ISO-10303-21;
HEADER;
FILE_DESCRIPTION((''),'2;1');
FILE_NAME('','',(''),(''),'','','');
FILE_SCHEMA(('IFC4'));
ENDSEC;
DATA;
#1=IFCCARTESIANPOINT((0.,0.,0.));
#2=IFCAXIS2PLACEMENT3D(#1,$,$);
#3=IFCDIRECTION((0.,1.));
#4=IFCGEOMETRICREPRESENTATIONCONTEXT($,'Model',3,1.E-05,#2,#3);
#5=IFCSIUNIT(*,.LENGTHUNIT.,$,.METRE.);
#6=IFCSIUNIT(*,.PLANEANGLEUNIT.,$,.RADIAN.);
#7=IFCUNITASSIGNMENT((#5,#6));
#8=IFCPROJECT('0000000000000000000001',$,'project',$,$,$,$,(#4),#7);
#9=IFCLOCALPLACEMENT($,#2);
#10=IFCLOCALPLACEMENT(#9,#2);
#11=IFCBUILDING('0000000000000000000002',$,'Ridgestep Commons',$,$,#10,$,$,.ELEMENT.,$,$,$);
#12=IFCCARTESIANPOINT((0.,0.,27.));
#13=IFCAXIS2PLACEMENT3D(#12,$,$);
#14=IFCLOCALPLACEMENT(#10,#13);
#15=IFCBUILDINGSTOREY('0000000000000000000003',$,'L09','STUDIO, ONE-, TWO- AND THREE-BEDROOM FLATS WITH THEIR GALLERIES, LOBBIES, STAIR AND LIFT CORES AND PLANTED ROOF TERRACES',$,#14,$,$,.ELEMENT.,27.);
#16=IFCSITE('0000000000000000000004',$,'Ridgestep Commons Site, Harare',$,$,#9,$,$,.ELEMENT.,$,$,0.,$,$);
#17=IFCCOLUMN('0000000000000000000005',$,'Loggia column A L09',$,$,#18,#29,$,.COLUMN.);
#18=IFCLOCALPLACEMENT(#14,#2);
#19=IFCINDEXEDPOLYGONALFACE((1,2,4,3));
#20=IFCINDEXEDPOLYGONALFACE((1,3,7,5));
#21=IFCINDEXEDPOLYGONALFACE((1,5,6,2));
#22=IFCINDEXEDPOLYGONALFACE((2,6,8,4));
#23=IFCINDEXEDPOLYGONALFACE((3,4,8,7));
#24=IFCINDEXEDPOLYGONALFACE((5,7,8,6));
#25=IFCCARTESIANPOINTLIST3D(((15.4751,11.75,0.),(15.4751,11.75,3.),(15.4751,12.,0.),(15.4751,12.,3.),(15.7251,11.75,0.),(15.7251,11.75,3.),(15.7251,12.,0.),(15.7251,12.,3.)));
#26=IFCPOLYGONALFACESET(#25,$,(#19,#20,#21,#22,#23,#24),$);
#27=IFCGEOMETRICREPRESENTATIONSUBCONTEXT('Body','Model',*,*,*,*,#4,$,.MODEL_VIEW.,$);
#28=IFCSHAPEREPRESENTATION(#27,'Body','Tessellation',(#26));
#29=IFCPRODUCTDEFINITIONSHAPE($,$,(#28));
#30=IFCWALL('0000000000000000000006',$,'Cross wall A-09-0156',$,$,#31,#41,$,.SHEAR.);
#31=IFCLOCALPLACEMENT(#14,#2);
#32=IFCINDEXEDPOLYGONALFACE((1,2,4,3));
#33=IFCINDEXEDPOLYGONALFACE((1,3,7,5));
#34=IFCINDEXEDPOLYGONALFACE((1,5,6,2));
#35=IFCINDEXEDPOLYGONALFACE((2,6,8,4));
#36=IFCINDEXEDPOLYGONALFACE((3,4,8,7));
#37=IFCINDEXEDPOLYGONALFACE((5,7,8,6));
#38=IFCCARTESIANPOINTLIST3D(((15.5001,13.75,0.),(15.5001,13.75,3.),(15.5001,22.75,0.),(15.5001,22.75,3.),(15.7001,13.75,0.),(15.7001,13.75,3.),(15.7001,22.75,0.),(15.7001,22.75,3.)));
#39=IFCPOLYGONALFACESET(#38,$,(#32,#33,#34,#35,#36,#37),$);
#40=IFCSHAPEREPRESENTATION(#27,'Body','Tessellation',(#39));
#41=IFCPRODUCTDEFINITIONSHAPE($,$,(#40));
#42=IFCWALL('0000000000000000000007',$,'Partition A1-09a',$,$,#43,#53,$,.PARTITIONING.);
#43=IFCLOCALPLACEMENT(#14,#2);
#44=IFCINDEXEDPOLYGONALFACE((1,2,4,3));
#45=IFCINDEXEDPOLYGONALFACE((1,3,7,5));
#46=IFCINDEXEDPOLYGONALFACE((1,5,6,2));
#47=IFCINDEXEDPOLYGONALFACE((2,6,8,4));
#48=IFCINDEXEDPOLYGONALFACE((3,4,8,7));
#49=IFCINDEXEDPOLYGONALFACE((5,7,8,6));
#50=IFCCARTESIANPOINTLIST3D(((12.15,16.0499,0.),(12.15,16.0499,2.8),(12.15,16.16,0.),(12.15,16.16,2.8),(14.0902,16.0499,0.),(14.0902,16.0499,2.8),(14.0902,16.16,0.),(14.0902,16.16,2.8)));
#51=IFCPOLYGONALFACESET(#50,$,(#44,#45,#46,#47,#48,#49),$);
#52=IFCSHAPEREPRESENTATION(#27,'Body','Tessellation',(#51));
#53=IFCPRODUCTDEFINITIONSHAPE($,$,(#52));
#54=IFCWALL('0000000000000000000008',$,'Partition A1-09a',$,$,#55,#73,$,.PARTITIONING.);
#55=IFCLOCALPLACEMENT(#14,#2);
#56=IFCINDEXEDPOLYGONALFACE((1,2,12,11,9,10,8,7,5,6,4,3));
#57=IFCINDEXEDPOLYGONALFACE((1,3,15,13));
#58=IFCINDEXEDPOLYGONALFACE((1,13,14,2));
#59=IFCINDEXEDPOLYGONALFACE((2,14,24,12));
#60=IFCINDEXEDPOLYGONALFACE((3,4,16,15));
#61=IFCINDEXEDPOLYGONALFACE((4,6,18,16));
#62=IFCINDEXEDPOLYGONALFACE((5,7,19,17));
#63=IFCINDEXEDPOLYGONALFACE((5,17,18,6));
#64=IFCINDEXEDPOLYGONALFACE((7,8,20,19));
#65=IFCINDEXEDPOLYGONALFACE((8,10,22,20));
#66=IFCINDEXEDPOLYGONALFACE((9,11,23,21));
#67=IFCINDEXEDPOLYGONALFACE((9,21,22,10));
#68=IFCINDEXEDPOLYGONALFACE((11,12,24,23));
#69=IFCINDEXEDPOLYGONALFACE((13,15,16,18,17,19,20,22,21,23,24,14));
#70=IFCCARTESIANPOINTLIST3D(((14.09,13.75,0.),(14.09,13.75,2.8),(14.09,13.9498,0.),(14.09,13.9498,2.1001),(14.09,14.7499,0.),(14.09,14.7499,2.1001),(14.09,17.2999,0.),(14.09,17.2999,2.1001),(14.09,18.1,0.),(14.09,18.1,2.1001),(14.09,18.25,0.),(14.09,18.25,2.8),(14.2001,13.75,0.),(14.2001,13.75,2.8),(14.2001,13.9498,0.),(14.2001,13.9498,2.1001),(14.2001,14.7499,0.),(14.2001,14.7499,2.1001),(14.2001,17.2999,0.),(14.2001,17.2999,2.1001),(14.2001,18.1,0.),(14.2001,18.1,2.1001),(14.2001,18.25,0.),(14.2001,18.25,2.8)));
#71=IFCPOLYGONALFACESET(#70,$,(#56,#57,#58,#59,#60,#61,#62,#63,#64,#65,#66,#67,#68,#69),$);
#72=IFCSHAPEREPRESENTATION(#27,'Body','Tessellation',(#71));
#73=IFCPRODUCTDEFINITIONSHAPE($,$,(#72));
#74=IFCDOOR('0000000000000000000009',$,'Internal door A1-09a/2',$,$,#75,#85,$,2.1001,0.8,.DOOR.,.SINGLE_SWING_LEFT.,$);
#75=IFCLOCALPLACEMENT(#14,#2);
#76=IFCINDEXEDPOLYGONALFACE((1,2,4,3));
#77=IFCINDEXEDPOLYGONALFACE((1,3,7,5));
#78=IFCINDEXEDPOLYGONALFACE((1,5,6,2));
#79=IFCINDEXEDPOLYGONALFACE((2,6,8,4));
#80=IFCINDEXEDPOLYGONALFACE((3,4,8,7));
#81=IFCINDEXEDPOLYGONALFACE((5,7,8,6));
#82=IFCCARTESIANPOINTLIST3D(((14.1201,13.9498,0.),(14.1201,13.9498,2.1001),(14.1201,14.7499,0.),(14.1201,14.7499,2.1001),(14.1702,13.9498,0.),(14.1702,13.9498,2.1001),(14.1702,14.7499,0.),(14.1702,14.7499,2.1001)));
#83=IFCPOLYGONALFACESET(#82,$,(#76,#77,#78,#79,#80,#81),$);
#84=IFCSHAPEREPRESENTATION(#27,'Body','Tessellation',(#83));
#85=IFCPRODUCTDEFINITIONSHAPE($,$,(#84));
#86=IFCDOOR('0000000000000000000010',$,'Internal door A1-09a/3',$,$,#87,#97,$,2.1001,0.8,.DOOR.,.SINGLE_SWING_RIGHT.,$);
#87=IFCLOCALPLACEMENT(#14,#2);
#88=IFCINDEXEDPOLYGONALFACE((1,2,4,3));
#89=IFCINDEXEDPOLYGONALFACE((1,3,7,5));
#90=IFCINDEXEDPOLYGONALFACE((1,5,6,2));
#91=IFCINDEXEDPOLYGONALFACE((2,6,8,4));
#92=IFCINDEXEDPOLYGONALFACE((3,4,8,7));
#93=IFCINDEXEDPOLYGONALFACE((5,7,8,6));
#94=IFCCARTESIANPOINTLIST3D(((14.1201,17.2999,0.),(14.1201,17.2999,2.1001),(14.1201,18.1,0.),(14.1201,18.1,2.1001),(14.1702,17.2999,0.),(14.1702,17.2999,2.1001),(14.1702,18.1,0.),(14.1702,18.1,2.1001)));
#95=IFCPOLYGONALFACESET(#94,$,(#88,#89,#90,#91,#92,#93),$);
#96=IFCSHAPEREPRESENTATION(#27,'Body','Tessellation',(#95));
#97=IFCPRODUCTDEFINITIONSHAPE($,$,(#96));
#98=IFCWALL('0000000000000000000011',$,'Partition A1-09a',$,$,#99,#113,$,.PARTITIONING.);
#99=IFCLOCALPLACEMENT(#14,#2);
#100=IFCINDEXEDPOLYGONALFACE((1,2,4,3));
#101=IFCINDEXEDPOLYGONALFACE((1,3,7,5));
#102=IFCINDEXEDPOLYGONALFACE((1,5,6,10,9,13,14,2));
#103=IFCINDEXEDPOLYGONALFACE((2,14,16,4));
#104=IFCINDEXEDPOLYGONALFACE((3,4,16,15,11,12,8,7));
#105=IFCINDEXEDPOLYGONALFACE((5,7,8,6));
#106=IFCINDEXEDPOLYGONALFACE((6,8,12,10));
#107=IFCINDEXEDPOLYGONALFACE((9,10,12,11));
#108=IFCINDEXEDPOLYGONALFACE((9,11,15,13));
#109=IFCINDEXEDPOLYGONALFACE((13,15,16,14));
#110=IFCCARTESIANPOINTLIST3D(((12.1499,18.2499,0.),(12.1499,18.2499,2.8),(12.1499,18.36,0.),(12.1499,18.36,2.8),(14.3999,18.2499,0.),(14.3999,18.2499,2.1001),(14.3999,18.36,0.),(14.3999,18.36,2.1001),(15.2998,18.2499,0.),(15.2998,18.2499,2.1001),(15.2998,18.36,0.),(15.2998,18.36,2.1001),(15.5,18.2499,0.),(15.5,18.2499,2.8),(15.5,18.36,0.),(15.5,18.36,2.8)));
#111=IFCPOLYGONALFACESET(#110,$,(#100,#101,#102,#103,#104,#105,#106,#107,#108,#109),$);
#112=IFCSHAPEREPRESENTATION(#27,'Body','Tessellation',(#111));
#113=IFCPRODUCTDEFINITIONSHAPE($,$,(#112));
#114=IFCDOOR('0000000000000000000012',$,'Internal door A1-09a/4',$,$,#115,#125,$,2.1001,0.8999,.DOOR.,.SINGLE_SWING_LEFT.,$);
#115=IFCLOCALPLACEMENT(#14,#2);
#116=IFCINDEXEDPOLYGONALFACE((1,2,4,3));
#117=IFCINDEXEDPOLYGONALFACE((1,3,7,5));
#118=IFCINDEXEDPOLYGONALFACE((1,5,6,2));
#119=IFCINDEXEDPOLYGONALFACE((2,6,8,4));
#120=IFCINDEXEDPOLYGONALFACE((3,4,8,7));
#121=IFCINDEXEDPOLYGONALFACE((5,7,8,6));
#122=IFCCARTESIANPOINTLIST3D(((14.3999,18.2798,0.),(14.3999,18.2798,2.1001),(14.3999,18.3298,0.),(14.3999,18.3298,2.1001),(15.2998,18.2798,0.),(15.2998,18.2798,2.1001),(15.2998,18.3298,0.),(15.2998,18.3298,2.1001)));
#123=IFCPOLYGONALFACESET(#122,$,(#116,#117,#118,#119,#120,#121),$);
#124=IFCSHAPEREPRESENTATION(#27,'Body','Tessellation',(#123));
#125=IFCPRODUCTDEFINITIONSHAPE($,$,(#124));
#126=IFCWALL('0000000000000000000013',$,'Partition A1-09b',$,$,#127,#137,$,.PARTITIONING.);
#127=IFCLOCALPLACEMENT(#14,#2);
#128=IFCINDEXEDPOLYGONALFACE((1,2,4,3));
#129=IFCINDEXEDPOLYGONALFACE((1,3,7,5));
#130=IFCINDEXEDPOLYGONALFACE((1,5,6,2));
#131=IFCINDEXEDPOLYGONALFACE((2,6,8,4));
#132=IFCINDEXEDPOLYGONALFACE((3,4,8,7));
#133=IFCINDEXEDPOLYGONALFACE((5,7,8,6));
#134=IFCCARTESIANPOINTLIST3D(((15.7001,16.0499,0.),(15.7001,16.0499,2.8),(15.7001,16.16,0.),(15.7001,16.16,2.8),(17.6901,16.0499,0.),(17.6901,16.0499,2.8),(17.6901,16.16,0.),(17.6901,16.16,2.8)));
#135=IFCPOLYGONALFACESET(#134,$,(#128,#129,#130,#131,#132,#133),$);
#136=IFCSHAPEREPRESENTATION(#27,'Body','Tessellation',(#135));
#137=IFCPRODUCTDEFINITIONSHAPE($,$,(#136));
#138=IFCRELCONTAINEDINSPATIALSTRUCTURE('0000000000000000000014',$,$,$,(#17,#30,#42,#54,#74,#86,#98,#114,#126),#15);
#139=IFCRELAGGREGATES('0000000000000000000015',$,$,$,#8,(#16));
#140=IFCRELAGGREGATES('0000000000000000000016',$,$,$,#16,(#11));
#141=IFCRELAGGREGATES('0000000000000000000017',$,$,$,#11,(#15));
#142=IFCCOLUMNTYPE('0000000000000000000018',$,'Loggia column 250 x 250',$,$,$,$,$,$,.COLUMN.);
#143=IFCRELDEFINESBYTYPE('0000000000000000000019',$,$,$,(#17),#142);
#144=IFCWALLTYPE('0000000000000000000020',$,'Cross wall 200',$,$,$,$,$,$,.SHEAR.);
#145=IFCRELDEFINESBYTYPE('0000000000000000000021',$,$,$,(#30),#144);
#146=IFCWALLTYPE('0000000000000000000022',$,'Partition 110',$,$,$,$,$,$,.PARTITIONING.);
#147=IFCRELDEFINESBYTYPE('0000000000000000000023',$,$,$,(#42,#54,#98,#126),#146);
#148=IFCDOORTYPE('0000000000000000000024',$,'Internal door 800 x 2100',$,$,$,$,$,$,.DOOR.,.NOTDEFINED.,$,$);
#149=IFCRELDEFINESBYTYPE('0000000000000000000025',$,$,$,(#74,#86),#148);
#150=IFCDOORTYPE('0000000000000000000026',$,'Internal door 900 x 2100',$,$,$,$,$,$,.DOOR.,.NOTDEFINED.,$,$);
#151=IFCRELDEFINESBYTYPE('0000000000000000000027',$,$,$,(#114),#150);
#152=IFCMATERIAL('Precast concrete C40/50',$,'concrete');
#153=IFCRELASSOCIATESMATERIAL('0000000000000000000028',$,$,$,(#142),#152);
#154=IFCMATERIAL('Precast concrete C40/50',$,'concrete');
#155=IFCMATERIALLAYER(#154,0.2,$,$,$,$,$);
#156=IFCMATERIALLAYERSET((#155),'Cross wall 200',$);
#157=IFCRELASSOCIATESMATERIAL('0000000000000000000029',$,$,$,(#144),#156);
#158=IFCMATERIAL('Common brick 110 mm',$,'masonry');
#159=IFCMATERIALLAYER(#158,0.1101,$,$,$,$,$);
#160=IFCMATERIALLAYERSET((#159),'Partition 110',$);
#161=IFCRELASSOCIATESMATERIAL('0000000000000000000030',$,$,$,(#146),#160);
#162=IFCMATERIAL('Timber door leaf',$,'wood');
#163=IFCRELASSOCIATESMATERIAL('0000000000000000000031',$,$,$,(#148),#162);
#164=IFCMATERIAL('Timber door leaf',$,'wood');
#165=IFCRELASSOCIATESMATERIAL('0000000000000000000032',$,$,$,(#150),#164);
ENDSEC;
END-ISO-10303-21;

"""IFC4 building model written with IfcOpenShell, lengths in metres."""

from ifc_helpers import new_model, si_unit, direction, frame, frame_2d, origin, origin_2d, place, context, subcontext, project, spatial, rectangle, extrude, material, layer, layer_set, material_profile, profile_set, type_object, element, fill, save


model = new_model("IFC4")

# Units and contexts
model_context = context("Model", 3, precision=1e-05, world=origin(), true_north=direction((0.0, 1.0)))
body_context = subcontext(model_context, "Body", "Model", "MODEL_VIEW")
ifc_project = project(units=[si_unit("LENGTHUNIT", "METRE"), si_unit("PLANEANGLEUNIT", "RADIAN")], contexts=[model_context])

# Site, building, storey
site_placement = place(None, origin())
site = spatial("IfcSite", under=ifc_project, at=site_placement, Name="Ridgestep Commons Site, Harare", CompositionType="ELEMENT", RefElevation=0.0)
building_placement = place(site_placement, origin())
building = spatial("IfcBuilding", under=site, at=building_placement, Name="Ridgestep Commons", CompositionType="ELEMENT")
storey_placement = place(building_placement, frame((0.0, 0.0, 27.0)))
storey = spatial("IfcBuildingStorey", under=building, at=storey_placement, Name="L09", Description="STUDIO, ONE-, TWO- AND THREE-BEDROOM FLATS WITH THEIR GALLERIES, LOBBIES, STAIR AND LIFT CORES AND PLANTED ROOF TERRACES", CompositionType="ELEMENT", Elevation=27.0)

# Column
ifc_material_1 = material(Name="Precast concrete C40/50", Category="concrete")
ifc_material_profile = material_profile(ifc_material_1, rectangle(XDim=0.25, YDim=0.25, at=origin_2d()), Name="PC 250x250")
ifc_profile_set = profile_set([ifc_material_profile], Name="Precast concrete C40/50")
column_type = type_object("IfcColumnType", Name="Loggia column 250 x 250", PredefinedType="COLUMN", material=ifc_profile_set)
column_placement = place(storey_placement, frame((15.6001, 11.875, 0.0), z_axis=(0.0, 0.0, 1.0), x_axis=(1.0, 0.0, 0.0)))
element("IfcColumn", 1, at=column_placement, inside=storey, type_object=column_type, Name="Loggia column A L09", PredefinedType="COLUMN", context=body_context, shape_type="SweptSolid", body=[
    extrude(rectangle(XDim=0.25, YDim=0.25, at=origin_2d()), origin(), (0.0, 0.0, 1.0), 3.0),
])

# Walls
ifc_material_2 = material(Name="Precast concrete C40/50", Category="concrete")
ifc_layer_1 = layer(ifc_material_2, 0.2)
ifc_layer_set_1 = layer_set([ifc_layer_1], Name="Cross wall 200")
wall_type_1 = type_object("IfcWallType", Name="Cross wall 200", PredefinedType="SHEAR", material=ifc_layer_set_1)
wall_1_placement = place(storey_placement, frame((15.6001, 13.75, 0.0), z_axis=(0.0, 0.0, 1.0), x_axis=(0.0, 1.0, 0.0)))
element("IfcWall", 2, at=wall_1_placement, inside=storey, type_object=wall_type_1, Name="Cross wall A-09-0156", PredefinedType="SHEAR", context=body_context, shape_type="SweptSolid", body=[
    extrude(rectangle(XDim=9.0, YDim=0.2, at=frame_2d((4.5, 0.0))), origin(), (0.0, 0.0, 1.0), 3.0),
])
ifc_material_3 = material(Name="Common brick 110 mm", Category="masonry")
ifc_layer_2 = layer(ifc_material_3, 0.1101)
ifc_layer_set_2 = layer_set([ifc_layer_2], Name="Partition 110")
wall_type_2 = type_object("IfcWallType", Name="Partition 110", PredefinedType="PARTITIONING", material=ifc_layer_set_2)
wall_2_placement = place(storey_placement, frame((12.1499, 16.105, 0.0), z_axis=(0.0, 0.0, 1.0), x_axis=(1.0, 0.0, 0.0)))
element("IfcWall", 3, at=wall_2_placement, inside=storey, type_object=wall_type_2, Name="Partition A1-09a", PredefinedType="PARTITIONING", context=body_context, shape_type="SweptSolid", body=[
    extrude(rectangle(XDim=1.9402, YDim=0.1101, at=frame_2d((0.9702, 0.0))), origin(), (0.0, 0.0, 1.0), 2.8),
])

# Wall, openings, doors
wall_3_placement = place(storey_placement, frame((14.145, 13.75, 0.0), z_axis=(0.0, 0.0, 1.0), x_axis=(0.0, 1.0, 0.0)))
wall_3 = element("IfcWall", 4, at=wall_3_placement, inside=storey, type_object=wall_type_2, Name="Partition A1-09a", PredefinedType="PARTITIONING", context=body_context, shape_type="SweptSolid", body=[
    extrude(rectangle(XDim=4.5, YDim=0.1101, at=frame_2d((2.25, 0.0))), origin(), (0.0, 0.0, 1.0), 2.8),
])
opening_1_placement = place(wall_3_placement, frame((0.2, 0.0, 0.0)))
opening_1 = element("IfcOpeningElement", 5, at=opening_1_placement, cuts=wall_3, PredefinedType="OPENING", context=body_context, shape_type="SweptSolid", body=[
    extrude(rectangle(XDim=0.8, YDim=2.1001, at=frame_2d((0.3999, 1.05))), frame((0.0, 0.0649, 0.0), z_axis=(0.0, -1.0, 0.0), x_axis=(1.0, 0.0, 0.0)), (0.0, 0.0, 1.0), 0.1301),
])
opening_2_placement = place(wall_3_placement, frame((3.55, 0.0, 0.0)))
opening_2 = element("IfcOpeningElement", 6, at=opening_2_placement, cuts=wall_3, PredefinedType="OPENING", context=body_context, shape_type="SweptSolid", body=[
    extrude(rectangle(XDim=0.8, YDim=2.1001, at=frame_2d((0.3999, 1.05))), frame((0.0, 0.0649, 0.0), z_axis=(0.0, -1.0, 0.0), x_axis=(1.0, 0.0, 0.0)), (0.0, 0.0, 1.0), 0.1301),
])
ifc_material_4 = material(Name="Timber door leaf", Category="wood")
door_type_1 = type_object("IfcDoorType", Name="Internal door 800 x 2100", OperationType="NOTDEFINED", PredefinedType="DOOR", material=ifc_material_4)
door_1_placement = place(opening_1_placement, origin())
door_1 = element("IfcDoor", 7, at=door_1_placement, inside=storey, type_object=door_type_1, Name="Internal door A1-09a/2", OperationType="SINGLE_SWING_LEFT", OverallHeight=2.1001, OverallWidth=0.8, PredefinedType="DOOR", context=body_context, shape_type="SweptSolid", body=[
    extrude(rectangle(XDim=0.8, YDim=2.1001, at=frame_2d((0.3999, 1.05))), frame((0.0, 0.0249, 0.0), z_axis=(0.0, -1.0, 0.0), x_axis=(1.0, 0.0, 0.0)), (0.0, 0.0, 1.0), 0.05),
])
fill(opening_1, door_1)
door_2_placement = place(opening_2_placement, origin())
door_2 = element("IfcDoor", 8, at=door_2_placement, inside=storey, type_object=door_type_1, Name="Internal door A1-09a/3", OperationType="SINGLE_SWING_RIGHT", OverallHeight=2.1001, OverallWidth=0.8, PredefinedType="DOOR", context=body_context, shape_type="SweptSolid", body=[
    extrude(rectangle(XDim=0.8, YDim=2.1001, at=frame_2d((0.3999, 1.05))), frame((0.0, 0.0249, 0.0), z_axis=(0.0, -1.0, 0.0), x_axis=(1.0, 0.0, 0.0)), (0.0, 0.0, 1.0), 0.05),
])
fill(opening_2, door_2)

# Wall, opening, door
wall_4_placement = place(storey_placement, frame((12.1499, 18.3049, 0.0), z_axis=(0.0, 0.0, 1.0), x_axis=(1.0, 0.0, 0.0)))
wall_4 = element("IfcWall", 9, at=wall_4_placement, inside=storey, type_object=wall_type_2, Name="Partition A1-09a", PredefinedType="PARTITIONING", context=body_context, shape_type="SweptSolid", body=[
    extrude(rectangle(XDim=3.3501, YDim=0.1101, at=frame_2d((1.675, 0.0))), origin(), (0.0, 0.0, 1.0), 2.8),
])
opening_3_placement = place(wall_4_placement, frame((2.25, 0.0, 0.0)))
opening_3 = element("IfcOpeningElement", 10, at=opening_3_placement, cuts=wall_4, PredefinedType="OPENING", context=body_context, shape_type="SweptSolid", body=[
    extrude(rectangle(XDim=0.8999, YDim=2.1001, at=frame_2d((0.45, 1.05))), frame((0.0, 0.0649, 0.0), z_axis=(0.0, -1.0, 0.0), x_axis=(1.0, 0.0, 0.0)), (0.0, 0.0, 1.0), 0.1301),
])
ifc_material_5 = material(Name="Timber door leaf", Category="wood")
door_type_2 = type_object("IfcDoorType", Name="Internal door 900 x 2100", OperationType="NOTDEFINED", PredefinedType="DOOR", material=ifc_material_5)
door_3_placement = place(opening_3_placement, origin())
door_3 = element("IfcDoor", 11, at=door_3_placement, inside=storey, type_object=door_type_2, Name="Internal door A1-09a/4", OperationType="SINGLE_SWING_LEFT", OverallHeight=2.1001, OverallWidth=0.8999, PredefinedType="DOOR", context=body_context, shape_type="SweptSolid", body=[
    extrude(rectangle(XDim=0.8999, YDim=2.1001, at=frame_2d((0.45, 1.05))), frame((0.0, 0.0249, 0.0), z_axis=(0.0, -1.0, 0.0), x_axis=(1.0, 0.0, 0.0)), (0.0, 0.0, 1.0), 0.05),
])
fill(opening_3, door_3)

# Wall
wall_5_placement = place(storey_placement, frame((15.7, 16.105, 0.0), z_axis=(0.0, 0.0, 1.0), x_axis=(1.0, 0.0, 0.0)))
element("IfcWall", 12, at=wall_5_placement, inside=storey, type_object=wall_type_2, Name="Partition A1-09b", PredefinedType="PARTITIONING", context=body_context, shape_type="SweptSolid", body=[
    extrude(rectangle(XDim=1.99, YDim=0.1101, at=frame_2d((0.9951, 0.0))), origin(), (0.0, 0.0, 1.0), 2.8),
])

save(model, "model.ifc")
